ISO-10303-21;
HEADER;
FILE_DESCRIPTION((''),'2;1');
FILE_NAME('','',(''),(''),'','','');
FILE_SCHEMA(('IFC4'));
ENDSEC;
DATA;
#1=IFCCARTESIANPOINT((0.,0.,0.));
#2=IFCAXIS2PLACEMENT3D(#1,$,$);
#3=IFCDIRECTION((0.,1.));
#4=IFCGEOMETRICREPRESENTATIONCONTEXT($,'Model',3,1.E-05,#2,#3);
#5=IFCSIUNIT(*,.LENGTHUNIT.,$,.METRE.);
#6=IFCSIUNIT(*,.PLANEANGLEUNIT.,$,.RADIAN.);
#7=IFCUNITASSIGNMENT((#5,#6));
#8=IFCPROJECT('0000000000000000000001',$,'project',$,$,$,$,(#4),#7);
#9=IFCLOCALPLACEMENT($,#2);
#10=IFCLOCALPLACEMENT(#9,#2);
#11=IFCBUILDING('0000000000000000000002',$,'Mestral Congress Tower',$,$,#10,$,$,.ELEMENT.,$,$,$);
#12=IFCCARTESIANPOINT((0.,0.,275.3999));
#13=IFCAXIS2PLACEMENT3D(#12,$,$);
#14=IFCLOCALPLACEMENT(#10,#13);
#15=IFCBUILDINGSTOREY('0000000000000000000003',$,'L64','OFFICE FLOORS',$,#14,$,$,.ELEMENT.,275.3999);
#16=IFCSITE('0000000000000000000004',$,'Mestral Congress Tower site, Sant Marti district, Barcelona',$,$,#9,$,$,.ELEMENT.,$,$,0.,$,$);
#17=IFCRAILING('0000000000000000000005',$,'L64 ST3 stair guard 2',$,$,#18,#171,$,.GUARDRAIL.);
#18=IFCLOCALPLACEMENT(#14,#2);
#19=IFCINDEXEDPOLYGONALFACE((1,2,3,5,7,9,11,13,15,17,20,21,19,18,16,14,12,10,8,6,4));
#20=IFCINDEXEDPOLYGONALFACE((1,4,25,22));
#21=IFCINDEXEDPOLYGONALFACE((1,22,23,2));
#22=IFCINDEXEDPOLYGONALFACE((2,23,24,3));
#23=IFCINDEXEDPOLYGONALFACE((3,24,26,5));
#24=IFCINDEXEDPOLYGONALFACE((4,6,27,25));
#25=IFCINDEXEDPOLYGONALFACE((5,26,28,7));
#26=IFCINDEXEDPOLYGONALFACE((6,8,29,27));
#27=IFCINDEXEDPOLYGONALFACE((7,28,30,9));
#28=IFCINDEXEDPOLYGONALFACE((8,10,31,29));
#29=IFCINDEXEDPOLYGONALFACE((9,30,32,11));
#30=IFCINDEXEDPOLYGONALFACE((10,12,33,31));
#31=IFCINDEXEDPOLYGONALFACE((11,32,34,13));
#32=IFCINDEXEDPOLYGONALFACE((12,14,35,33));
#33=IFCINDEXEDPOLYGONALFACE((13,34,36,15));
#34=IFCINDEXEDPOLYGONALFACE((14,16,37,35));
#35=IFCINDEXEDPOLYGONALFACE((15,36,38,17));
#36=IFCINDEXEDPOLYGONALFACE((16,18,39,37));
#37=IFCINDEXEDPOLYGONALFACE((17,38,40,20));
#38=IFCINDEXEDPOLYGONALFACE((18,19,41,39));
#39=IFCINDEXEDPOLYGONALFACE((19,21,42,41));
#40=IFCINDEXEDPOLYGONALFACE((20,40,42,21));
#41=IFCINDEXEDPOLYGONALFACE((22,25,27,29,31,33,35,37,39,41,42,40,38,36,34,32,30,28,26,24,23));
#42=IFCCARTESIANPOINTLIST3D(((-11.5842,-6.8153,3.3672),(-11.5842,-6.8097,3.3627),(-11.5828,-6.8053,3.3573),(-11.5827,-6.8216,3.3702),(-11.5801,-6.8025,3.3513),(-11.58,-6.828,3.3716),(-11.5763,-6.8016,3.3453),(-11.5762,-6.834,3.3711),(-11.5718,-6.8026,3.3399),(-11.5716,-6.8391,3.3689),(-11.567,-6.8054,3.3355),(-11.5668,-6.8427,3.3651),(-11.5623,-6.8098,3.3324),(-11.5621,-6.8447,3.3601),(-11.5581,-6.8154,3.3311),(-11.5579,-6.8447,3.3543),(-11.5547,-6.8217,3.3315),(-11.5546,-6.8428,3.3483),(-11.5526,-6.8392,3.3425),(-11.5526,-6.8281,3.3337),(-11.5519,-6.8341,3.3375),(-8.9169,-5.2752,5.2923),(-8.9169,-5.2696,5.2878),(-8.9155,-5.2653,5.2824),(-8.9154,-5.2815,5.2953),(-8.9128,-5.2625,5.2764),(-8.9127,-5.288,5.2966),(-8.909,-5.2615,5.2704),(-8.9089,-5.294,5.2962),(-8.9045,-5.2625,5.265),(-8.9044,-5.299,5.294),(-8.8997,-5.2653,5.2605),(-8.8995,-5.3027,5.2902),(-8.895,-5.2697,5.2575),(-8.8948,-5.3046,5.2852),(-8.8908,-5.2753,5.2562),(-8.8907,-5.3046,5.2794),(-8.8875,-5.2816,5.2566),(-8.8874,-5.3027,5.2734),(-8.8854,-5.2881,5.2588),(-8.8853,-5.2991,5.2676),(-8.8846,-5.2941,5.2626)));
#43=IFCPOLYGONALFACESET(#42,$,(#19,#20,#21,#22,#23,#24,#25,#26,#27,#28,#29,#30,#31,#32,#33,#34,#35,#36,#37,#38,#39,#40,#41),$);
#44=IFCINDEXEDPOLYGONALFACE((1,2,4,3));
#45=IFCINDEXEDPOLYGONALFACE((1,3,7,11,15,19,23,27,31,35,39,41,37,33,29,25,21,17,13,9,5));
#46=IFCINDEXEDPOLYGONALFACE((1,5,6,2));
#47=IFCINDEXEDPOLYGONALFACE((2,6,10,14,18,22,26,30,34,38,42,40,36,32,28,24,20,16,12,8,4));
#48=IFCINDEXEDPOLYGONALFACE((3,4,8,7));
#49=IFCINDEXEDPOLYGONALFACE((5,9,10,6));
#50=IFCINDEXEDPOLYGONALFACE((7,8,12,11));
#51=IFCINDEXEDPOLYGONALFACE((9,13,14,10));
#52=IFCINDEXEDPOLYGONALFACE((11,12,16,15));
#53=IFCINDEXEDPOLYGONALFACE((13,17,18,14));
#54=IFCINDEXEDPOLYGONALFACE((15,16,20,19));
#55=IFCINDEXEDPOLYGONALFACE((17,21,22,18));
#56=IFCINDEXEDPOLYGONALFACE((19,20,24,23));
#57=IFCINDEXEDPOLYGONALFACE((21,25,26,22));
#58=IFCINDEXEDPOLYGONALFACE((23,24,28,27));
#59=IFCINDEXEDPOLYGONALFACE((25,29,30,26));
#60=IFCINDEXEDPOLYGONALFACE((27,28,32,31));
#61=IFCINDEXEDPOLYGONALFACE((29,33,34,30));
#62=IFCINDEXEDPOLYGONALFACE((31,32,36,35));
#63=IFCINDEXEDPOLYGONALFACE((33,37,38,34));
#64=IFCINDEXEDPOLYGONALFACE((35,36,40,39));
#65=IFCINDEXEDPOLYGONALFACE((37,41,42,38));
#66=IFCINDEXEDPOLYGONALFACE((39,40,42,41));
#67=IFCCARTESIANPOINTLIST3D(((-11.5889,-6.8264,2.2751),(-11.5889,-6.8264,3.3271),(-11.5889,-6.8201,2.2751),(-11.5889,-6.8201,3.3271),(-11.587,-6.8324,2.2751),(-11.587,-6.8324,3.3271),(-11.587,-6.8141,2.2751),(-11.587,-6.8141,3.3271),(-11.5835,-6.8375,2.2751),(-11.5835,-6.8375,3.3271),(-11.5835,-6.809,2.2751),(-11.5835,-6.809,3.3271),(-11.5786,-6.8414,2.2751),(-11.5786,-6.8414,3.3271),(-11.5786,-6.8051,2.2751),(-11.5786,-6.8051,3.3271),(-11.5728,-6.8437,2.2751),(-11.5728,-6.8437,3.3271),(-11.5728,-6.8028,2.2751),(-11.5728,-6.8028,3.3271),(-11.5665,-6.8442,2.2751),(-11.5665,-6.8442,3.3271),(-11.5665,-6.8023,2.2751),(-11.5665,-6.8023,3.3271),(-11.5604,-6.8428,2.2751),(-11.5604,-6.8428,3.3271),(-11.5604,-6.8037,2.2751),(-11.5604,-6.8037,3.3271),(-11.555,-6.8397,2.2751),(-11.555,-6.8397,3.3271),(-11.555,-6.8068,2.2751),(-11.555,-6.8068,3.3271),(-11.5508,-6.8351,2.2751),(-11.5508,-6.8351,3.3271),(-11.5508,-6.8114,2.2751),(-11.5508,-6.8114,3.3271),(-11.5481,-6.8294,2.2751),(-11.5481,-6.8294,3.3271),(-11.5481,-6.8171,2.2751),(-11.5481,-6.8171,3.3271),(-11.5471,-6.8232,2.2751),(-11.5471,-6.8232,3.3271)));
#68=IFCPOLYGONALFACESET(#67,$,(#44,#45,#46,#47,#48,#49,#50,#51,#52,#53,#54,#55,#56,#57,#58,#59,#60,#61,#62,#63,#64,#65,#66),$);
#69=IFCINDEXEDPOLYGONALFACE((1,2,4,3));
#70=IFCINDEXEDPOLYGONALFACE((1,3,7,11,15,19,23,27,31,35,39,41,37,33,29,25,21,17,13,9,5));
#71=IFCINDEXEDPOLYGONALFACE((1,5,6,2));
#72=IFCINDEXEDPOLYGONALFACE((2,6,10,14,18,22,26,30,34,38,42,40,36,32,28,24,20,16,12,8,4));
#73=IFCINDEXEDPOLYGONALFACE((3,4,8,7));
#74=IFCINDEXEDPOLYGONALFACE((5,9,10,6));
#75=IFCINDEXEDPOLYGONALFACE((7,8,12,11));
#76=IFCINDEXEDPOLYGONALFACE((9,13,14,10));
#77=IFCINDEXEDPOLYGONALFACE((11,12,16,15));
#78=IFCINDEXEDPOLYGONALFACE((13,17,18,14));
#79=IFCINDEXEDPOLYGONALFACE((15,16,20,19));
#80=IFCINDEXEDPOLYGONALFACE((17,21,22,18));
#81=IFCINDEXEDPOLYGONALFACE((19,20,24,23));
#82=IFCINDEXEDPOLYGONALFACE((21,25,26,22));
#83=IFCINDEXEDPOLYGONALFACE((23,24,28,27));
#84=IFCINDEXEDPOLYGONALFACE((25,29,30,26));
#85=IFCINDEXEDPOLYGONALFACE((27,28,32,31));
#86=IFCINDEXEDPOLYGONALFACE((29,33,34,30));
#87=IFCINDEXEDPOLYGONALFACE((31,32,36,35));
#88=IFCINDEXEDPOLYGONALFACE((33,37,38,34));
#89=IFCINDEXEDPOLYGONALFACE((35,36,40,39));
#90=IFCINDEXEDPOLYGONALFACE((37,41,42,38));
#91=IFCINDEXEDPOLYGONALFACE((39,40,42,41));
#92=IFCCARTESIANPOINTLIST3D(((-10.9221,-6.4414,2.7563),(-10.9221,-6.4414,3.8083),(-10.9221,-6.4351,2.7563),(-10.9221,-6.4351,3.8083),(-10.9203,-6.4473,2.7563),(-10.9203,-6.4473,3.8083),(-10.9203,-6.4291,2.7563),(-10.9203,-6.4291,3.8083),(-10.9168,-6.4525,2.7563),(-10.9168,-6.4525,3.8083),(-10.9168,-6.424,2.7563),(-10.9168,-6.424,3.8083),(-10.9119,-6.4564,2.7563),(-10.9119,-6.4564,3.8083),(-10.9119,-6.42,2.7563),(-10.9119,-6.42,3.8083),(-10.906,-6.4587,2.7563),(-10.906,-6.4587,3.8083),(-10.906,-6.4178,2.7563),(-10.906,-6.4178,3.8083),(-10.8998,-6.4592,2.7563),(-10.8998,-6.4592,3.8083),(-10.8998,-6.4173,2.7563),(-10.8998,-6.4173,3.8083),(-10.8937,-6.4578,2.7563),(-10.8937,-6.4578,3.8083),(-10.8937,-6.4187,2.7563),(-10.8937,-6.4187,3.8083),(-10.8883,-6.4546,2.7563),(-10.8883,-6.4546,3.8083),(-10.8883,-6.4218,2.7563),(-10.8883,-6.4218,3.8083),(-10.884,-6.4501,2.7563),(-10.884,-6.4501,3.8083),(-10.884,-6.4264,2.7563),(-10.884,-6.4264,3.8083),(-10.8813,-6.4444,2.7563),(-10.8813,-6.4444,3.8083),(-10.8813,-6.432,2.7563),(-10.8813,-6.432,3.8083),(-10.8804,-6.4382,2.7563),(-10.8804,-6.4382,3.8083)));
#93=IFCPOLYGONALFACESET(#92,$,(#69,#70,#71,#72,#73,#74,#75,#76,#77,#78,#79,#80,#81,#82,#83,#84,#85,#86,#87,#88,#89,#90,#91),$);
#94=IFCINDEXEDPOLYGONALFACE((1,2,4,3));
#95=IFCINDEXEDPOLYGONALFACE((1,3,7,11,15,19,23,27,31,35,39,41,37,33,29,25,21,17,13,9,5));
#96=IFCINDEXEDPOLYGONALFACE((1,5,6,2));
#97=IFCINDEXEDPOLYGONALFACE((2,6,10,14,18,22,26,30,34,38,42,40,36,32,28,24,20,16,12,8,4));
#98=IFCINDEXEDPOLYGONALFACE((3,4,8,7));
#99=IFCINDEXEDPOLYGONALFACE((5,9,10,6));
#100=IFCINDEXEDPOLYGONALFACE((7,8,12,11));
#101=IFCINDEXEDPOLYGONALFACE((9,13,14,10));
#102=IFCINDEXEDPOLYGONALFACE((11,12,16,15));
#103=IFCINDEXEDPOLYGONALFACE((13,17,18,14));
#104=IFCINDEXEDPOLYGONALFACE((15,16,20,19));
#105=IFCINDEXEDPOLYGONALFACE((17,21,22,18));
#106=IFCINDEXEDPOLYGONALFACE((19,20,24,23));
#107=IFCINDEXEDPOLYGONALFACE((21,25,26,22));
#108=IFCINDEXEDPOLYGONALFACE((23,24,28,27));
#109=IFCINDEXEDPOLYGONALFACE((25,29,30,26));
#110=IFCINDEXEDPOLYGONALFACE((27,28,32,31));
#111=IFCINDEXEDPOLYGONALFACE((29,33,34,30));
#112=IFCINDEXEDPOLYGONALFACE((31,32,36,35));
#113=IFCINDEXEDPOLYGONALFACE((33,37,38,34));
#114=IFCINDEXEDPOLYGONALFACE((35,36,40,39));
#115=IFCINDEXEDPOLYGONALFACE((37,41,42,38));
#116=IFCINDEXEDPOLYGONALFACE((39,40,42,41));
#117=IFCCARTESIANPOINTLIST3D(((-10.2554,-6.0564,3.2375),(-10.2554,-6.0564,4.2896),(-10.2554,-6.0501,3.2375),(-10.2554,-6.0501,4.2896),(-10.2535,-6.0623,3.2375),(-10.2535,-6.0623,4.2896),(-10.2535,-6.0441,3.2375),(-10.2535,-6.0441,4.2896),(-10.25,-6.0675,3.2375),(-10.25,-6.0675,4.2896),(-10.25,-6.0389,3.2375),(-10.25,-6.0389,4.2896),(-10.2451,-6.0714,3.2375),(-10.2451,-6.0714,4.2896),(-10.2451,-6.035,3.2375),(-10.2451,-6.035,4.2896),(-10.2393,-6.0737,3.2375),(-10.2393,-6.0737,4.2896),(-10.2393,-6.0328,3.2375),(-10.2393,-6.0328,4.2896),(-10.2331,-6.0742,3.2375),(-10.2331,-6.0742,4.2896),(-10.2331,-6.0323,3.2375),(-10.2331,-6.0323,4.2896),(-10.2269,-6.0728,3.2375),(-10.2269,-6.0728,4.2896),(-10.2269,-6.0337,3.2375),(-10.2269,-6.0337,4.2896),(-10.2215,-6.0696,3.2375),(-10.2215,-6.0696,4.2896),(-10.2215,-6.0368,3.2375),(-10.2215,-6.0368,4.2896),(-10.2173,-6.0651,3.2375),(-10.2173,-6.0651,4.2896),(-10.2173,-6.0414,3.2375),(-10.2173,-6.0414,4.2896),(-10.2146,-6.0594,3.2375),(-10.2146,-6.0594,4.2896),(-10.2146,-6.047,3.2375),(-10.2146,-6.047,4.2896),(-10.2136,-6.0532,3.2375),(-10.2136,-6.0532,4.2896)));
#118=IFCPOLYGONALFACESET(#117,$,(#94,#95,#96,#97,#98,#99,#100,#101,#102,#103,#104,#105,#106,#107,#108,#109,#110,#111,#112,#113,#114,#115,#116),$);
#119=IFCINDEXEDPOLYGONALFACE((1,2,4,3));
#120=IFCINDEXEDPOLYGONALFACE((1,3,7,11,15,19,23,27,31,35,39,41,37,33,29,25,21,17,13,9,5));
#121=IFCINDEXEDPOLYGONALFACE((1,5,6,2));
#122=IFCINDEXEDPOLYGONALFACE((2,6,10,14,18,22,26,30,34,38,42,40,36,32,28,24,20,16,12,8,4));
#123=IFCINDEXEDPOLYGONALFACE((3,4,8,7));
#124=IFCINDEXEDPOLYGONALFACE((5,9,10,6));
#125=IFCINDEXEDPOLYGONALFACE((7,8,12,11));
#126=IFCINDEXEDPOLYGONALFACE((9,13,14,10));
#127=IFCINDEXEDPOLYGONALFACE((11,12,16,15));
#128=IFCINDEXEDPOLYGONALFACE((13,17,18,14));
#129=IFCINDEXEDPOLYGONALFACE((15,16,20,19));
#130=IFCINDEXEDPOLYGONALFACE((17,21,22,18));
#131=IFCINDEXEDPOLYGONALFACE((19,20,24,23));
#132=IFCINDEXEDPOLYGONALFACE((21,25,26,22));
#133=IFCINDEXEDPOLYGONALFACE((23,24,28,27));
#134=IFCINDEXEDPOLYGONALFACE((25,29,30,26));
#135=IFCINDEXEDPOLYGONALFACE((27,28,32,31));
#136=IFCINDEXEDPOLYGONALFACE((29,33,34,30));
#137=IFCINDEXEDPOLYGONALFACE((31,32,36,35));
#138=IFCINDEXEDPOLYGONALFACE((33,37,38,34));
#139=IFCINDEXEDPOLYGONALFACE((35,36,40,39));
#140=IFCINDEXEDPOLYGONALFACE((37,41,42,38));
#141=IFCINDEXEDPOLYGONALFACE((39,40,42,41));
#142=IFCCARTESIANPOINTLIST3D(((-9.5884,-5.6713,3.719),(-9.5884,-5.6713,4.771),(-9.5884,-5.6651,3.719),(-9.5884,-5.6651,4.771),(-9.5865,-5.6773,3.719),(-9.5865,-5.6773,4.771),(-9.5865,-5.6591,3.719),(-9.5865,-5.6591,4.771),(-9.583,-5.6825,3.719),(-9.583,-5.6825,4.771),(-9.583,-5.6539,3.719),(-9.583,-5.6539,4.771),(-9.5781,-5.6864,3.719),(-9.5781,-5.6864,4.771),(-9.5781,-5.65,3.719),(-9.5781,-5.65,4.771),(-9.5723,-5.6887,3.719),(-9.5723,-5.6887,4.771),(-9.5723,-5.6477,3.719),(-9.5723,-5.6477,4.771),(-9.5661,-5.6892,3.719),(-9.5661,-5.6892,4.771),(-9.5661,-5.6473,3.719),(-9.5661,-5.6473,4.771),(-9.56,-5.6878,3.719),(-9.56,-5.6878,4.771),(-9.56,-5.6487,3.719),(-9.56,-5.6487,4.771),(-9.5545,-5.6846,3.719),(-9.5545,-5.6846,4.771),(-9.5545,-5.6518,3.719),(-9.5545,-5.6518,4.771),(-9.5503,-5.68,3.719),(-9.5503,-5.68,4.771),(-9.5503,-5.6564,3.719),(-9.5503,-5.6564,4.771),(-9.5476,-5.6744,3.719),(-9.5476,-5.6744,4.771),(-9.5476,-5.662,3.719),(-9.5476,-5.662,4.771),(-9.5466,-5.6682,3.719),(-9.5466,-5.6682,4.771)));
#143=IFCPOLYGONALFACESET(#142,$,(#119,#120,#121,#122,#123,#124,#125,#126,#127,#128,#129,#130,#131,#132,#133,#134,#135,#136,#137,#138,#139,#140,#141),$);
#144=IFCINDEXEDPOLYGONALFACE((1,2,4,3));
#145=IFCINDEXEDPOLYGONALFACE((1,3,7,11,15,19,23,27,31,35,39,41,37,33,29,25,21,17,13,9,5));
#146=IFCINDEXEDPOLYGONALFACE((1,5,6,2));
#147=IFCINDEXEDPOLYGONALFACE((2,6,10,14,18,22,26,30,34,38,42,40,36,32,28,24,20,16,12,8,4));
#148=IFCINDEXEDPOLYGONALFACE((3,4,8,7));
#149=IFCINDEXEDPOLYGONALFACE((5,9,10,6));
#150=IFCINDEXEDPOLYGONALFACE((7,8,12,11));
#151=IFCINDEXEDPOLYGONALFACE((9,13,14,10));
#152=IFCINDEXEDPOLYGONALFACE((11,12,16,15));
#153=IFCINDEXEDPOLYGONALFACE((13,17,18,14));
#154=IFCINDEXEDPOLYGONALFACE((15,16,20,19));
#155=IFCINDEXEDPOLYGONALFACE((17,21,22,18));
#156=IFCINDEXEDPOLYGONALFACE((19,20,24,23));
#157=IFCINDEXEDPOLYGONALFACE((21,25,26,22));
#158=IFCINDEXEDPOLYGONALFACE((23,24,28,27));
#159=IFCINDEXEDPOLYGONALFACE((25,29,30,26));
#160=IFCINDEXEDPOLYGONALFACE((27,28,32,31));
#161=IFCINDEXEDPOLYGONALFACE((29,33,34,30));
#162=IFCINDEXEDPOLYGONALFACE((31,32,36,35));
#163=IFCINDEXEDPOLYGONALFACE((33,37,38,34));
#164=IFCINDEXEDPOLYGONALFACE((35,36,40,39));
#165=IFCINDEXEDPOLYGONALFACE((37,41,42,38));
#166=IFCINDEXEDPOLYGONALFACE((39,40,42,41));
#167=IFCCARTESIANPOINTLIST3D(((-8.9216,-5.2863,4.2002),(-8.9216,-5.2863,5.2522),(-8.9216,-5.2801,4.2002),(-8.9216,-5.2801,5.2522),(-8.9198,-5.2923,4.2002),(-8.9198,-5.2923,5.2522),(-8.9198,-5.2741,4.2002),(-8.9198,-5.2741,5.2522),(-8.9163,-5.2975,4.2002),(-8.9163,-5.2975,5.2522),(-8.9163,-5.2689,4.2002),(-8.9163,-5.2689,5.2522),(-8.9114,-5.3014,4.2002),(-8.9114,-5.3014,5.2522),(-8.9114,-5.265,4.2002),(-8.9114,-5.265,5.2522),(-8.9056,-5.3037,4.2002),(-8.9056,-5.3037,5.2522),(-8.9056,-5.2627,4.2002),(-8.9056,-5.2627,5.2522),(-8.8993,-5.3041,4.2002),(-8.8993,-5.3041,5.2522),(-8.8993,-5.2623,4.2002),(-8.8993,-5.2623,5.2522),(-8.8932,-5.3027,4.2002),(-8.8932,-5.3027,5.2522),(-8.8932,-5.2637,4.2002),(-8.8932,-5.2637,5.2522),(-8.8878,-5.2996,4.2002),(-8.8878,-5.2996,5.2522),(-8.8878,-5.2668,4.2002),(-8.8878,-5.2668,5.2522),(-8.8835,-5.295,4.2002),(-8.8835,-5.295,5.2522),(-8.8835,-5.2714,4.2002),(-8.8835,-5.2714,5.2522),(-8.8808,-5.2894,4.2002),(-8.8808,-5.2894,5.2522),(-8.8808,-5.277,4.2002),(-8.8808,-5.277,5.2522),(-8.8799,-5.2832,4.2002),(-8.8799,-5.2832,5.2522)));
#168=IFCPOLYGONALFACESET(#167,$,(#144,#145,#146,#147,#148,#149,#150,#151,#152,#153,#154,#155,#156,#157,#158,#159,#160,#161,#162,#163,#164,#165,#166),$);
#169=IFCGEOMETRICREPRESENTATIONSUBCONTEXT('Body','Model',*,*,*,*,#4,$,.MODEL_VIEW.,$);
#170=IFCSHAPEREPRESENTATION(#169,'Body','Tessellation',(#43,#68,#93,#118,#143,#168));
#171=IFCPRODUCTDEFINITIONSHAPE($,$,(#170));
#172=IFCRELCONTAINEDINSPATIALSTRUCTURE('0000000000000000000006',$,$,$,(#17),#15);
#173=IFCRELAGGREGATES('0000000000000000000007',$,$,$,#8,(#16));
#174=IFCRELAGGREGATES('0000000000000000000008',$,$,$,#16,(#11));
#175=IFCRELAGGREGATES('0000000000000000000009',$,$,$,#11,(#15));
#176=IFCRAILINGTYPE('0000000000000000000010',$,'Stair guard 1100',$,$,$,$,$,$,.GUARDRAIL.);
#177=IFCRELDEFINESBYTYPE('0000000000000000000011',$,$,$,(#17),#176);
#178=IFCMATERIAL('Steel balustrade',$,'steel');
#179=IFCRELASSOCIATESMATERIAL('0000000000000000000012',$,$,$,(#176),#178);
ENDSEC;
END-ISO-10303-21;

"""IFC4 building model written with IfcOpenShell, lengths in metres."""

from ifc_helpers import new_model, si_unit, direction, frame, origin, origin_2d, place, context, subcontext, project, spatial, circle, extrude, material, type_object, element, save


model = new_model("IFC4")

# Units and contexts
model_context = context("Model", 3, precision=1e-05, world=origin(), true_north=direction((0.0, 1.0)))
body_context = subcontext(model_context, "Body", "Model", "MODEL_VIEW")
ifc_project = project(units=[si_unit("LENGTHUNIT", "METRE"), si_unit("PLANEANGLEUNIT", "RADIAN")], contexts=[model_context])

# Site, building, storey
site_placement = place(None, origin())
site = spatial("IfcSite", under=ifc_project, at=site_placement, Name="Mestral Congress Tower site, Sant Marti district, Barcelona", CompositionType="ELEMENT", RefElevation=0.0)
building_placement = place(site_placement, origin())
building = spatial("IfcBuilding", under=site, at=building_placement, Name="Mestral Congress Tower", CompositionType="ELEMENT")
storey_placement = place(building_placement, frame((0.0, 0.0, 275.3999)))
storey = spatial("IfcBuildingStorey", under=building, at=storey_placement, Name="L64", Description="OFFICE FLOORS", CompositionType="ELEMENT", Elevation=275.3999)

# Railing
ifc_material_1 = material(Name="Steel balustrade", Category="steel")
railing_type = type_object("IfcRailingType", Name="Stair guard 1100", PredefinedType="GUARDRAIL", material=ifc_material_1)
railing_placement = place(storey_placement, frame((-11.5681, -6.8232, 2.2751)))
element("IfcRailing", 1, at=railing_placement, inside=storey, type_object=railing_type, Name="L64 ST3 stair guard 2", PredefinedType="GUARDRAIL", context=body_context, shape_type="SweptSolid", body=[
    extrude(circle(Radius=0.0239, at=origin_2d()), frame((0.0, 0.0, 1.0762), z_axis=(0.734364, 0.424015, 0.530019), x_axis=(-0.500027, 0.86601, 0.0)), (0.0, 0.0, 1.0), 3.6321),
    extrude(circle(Radius=0.021, at=origin_2d()), origin(), (0.0, 0.0, 1.0), 1.052),
    extrude(circle(Radius=0.021, at=origin_2d()), frame((0.6667, 0.385, 0.4812)), (0.0, 0.0, 1.0), 1.052),
    extrude(circle(Radius=0.021, at=origin_2d()), frame((1.3335, 0.77, 0.9624)), (0.0, 0.0, 1.0), 1.052),
    extrude(circle(Radius=0.021, at=origin_2d()), frame((2.0005, 1.155, 1.4438)), (0.0, 0.0, 1.0), 1.052),
    extrude(circle(Radius=0.021, at=origin_2d()), frame((2.6672, 1.54, 1.925)), (0.0, 0.0, 1.0), 1.052),
])

save(model, "model.ifc")
